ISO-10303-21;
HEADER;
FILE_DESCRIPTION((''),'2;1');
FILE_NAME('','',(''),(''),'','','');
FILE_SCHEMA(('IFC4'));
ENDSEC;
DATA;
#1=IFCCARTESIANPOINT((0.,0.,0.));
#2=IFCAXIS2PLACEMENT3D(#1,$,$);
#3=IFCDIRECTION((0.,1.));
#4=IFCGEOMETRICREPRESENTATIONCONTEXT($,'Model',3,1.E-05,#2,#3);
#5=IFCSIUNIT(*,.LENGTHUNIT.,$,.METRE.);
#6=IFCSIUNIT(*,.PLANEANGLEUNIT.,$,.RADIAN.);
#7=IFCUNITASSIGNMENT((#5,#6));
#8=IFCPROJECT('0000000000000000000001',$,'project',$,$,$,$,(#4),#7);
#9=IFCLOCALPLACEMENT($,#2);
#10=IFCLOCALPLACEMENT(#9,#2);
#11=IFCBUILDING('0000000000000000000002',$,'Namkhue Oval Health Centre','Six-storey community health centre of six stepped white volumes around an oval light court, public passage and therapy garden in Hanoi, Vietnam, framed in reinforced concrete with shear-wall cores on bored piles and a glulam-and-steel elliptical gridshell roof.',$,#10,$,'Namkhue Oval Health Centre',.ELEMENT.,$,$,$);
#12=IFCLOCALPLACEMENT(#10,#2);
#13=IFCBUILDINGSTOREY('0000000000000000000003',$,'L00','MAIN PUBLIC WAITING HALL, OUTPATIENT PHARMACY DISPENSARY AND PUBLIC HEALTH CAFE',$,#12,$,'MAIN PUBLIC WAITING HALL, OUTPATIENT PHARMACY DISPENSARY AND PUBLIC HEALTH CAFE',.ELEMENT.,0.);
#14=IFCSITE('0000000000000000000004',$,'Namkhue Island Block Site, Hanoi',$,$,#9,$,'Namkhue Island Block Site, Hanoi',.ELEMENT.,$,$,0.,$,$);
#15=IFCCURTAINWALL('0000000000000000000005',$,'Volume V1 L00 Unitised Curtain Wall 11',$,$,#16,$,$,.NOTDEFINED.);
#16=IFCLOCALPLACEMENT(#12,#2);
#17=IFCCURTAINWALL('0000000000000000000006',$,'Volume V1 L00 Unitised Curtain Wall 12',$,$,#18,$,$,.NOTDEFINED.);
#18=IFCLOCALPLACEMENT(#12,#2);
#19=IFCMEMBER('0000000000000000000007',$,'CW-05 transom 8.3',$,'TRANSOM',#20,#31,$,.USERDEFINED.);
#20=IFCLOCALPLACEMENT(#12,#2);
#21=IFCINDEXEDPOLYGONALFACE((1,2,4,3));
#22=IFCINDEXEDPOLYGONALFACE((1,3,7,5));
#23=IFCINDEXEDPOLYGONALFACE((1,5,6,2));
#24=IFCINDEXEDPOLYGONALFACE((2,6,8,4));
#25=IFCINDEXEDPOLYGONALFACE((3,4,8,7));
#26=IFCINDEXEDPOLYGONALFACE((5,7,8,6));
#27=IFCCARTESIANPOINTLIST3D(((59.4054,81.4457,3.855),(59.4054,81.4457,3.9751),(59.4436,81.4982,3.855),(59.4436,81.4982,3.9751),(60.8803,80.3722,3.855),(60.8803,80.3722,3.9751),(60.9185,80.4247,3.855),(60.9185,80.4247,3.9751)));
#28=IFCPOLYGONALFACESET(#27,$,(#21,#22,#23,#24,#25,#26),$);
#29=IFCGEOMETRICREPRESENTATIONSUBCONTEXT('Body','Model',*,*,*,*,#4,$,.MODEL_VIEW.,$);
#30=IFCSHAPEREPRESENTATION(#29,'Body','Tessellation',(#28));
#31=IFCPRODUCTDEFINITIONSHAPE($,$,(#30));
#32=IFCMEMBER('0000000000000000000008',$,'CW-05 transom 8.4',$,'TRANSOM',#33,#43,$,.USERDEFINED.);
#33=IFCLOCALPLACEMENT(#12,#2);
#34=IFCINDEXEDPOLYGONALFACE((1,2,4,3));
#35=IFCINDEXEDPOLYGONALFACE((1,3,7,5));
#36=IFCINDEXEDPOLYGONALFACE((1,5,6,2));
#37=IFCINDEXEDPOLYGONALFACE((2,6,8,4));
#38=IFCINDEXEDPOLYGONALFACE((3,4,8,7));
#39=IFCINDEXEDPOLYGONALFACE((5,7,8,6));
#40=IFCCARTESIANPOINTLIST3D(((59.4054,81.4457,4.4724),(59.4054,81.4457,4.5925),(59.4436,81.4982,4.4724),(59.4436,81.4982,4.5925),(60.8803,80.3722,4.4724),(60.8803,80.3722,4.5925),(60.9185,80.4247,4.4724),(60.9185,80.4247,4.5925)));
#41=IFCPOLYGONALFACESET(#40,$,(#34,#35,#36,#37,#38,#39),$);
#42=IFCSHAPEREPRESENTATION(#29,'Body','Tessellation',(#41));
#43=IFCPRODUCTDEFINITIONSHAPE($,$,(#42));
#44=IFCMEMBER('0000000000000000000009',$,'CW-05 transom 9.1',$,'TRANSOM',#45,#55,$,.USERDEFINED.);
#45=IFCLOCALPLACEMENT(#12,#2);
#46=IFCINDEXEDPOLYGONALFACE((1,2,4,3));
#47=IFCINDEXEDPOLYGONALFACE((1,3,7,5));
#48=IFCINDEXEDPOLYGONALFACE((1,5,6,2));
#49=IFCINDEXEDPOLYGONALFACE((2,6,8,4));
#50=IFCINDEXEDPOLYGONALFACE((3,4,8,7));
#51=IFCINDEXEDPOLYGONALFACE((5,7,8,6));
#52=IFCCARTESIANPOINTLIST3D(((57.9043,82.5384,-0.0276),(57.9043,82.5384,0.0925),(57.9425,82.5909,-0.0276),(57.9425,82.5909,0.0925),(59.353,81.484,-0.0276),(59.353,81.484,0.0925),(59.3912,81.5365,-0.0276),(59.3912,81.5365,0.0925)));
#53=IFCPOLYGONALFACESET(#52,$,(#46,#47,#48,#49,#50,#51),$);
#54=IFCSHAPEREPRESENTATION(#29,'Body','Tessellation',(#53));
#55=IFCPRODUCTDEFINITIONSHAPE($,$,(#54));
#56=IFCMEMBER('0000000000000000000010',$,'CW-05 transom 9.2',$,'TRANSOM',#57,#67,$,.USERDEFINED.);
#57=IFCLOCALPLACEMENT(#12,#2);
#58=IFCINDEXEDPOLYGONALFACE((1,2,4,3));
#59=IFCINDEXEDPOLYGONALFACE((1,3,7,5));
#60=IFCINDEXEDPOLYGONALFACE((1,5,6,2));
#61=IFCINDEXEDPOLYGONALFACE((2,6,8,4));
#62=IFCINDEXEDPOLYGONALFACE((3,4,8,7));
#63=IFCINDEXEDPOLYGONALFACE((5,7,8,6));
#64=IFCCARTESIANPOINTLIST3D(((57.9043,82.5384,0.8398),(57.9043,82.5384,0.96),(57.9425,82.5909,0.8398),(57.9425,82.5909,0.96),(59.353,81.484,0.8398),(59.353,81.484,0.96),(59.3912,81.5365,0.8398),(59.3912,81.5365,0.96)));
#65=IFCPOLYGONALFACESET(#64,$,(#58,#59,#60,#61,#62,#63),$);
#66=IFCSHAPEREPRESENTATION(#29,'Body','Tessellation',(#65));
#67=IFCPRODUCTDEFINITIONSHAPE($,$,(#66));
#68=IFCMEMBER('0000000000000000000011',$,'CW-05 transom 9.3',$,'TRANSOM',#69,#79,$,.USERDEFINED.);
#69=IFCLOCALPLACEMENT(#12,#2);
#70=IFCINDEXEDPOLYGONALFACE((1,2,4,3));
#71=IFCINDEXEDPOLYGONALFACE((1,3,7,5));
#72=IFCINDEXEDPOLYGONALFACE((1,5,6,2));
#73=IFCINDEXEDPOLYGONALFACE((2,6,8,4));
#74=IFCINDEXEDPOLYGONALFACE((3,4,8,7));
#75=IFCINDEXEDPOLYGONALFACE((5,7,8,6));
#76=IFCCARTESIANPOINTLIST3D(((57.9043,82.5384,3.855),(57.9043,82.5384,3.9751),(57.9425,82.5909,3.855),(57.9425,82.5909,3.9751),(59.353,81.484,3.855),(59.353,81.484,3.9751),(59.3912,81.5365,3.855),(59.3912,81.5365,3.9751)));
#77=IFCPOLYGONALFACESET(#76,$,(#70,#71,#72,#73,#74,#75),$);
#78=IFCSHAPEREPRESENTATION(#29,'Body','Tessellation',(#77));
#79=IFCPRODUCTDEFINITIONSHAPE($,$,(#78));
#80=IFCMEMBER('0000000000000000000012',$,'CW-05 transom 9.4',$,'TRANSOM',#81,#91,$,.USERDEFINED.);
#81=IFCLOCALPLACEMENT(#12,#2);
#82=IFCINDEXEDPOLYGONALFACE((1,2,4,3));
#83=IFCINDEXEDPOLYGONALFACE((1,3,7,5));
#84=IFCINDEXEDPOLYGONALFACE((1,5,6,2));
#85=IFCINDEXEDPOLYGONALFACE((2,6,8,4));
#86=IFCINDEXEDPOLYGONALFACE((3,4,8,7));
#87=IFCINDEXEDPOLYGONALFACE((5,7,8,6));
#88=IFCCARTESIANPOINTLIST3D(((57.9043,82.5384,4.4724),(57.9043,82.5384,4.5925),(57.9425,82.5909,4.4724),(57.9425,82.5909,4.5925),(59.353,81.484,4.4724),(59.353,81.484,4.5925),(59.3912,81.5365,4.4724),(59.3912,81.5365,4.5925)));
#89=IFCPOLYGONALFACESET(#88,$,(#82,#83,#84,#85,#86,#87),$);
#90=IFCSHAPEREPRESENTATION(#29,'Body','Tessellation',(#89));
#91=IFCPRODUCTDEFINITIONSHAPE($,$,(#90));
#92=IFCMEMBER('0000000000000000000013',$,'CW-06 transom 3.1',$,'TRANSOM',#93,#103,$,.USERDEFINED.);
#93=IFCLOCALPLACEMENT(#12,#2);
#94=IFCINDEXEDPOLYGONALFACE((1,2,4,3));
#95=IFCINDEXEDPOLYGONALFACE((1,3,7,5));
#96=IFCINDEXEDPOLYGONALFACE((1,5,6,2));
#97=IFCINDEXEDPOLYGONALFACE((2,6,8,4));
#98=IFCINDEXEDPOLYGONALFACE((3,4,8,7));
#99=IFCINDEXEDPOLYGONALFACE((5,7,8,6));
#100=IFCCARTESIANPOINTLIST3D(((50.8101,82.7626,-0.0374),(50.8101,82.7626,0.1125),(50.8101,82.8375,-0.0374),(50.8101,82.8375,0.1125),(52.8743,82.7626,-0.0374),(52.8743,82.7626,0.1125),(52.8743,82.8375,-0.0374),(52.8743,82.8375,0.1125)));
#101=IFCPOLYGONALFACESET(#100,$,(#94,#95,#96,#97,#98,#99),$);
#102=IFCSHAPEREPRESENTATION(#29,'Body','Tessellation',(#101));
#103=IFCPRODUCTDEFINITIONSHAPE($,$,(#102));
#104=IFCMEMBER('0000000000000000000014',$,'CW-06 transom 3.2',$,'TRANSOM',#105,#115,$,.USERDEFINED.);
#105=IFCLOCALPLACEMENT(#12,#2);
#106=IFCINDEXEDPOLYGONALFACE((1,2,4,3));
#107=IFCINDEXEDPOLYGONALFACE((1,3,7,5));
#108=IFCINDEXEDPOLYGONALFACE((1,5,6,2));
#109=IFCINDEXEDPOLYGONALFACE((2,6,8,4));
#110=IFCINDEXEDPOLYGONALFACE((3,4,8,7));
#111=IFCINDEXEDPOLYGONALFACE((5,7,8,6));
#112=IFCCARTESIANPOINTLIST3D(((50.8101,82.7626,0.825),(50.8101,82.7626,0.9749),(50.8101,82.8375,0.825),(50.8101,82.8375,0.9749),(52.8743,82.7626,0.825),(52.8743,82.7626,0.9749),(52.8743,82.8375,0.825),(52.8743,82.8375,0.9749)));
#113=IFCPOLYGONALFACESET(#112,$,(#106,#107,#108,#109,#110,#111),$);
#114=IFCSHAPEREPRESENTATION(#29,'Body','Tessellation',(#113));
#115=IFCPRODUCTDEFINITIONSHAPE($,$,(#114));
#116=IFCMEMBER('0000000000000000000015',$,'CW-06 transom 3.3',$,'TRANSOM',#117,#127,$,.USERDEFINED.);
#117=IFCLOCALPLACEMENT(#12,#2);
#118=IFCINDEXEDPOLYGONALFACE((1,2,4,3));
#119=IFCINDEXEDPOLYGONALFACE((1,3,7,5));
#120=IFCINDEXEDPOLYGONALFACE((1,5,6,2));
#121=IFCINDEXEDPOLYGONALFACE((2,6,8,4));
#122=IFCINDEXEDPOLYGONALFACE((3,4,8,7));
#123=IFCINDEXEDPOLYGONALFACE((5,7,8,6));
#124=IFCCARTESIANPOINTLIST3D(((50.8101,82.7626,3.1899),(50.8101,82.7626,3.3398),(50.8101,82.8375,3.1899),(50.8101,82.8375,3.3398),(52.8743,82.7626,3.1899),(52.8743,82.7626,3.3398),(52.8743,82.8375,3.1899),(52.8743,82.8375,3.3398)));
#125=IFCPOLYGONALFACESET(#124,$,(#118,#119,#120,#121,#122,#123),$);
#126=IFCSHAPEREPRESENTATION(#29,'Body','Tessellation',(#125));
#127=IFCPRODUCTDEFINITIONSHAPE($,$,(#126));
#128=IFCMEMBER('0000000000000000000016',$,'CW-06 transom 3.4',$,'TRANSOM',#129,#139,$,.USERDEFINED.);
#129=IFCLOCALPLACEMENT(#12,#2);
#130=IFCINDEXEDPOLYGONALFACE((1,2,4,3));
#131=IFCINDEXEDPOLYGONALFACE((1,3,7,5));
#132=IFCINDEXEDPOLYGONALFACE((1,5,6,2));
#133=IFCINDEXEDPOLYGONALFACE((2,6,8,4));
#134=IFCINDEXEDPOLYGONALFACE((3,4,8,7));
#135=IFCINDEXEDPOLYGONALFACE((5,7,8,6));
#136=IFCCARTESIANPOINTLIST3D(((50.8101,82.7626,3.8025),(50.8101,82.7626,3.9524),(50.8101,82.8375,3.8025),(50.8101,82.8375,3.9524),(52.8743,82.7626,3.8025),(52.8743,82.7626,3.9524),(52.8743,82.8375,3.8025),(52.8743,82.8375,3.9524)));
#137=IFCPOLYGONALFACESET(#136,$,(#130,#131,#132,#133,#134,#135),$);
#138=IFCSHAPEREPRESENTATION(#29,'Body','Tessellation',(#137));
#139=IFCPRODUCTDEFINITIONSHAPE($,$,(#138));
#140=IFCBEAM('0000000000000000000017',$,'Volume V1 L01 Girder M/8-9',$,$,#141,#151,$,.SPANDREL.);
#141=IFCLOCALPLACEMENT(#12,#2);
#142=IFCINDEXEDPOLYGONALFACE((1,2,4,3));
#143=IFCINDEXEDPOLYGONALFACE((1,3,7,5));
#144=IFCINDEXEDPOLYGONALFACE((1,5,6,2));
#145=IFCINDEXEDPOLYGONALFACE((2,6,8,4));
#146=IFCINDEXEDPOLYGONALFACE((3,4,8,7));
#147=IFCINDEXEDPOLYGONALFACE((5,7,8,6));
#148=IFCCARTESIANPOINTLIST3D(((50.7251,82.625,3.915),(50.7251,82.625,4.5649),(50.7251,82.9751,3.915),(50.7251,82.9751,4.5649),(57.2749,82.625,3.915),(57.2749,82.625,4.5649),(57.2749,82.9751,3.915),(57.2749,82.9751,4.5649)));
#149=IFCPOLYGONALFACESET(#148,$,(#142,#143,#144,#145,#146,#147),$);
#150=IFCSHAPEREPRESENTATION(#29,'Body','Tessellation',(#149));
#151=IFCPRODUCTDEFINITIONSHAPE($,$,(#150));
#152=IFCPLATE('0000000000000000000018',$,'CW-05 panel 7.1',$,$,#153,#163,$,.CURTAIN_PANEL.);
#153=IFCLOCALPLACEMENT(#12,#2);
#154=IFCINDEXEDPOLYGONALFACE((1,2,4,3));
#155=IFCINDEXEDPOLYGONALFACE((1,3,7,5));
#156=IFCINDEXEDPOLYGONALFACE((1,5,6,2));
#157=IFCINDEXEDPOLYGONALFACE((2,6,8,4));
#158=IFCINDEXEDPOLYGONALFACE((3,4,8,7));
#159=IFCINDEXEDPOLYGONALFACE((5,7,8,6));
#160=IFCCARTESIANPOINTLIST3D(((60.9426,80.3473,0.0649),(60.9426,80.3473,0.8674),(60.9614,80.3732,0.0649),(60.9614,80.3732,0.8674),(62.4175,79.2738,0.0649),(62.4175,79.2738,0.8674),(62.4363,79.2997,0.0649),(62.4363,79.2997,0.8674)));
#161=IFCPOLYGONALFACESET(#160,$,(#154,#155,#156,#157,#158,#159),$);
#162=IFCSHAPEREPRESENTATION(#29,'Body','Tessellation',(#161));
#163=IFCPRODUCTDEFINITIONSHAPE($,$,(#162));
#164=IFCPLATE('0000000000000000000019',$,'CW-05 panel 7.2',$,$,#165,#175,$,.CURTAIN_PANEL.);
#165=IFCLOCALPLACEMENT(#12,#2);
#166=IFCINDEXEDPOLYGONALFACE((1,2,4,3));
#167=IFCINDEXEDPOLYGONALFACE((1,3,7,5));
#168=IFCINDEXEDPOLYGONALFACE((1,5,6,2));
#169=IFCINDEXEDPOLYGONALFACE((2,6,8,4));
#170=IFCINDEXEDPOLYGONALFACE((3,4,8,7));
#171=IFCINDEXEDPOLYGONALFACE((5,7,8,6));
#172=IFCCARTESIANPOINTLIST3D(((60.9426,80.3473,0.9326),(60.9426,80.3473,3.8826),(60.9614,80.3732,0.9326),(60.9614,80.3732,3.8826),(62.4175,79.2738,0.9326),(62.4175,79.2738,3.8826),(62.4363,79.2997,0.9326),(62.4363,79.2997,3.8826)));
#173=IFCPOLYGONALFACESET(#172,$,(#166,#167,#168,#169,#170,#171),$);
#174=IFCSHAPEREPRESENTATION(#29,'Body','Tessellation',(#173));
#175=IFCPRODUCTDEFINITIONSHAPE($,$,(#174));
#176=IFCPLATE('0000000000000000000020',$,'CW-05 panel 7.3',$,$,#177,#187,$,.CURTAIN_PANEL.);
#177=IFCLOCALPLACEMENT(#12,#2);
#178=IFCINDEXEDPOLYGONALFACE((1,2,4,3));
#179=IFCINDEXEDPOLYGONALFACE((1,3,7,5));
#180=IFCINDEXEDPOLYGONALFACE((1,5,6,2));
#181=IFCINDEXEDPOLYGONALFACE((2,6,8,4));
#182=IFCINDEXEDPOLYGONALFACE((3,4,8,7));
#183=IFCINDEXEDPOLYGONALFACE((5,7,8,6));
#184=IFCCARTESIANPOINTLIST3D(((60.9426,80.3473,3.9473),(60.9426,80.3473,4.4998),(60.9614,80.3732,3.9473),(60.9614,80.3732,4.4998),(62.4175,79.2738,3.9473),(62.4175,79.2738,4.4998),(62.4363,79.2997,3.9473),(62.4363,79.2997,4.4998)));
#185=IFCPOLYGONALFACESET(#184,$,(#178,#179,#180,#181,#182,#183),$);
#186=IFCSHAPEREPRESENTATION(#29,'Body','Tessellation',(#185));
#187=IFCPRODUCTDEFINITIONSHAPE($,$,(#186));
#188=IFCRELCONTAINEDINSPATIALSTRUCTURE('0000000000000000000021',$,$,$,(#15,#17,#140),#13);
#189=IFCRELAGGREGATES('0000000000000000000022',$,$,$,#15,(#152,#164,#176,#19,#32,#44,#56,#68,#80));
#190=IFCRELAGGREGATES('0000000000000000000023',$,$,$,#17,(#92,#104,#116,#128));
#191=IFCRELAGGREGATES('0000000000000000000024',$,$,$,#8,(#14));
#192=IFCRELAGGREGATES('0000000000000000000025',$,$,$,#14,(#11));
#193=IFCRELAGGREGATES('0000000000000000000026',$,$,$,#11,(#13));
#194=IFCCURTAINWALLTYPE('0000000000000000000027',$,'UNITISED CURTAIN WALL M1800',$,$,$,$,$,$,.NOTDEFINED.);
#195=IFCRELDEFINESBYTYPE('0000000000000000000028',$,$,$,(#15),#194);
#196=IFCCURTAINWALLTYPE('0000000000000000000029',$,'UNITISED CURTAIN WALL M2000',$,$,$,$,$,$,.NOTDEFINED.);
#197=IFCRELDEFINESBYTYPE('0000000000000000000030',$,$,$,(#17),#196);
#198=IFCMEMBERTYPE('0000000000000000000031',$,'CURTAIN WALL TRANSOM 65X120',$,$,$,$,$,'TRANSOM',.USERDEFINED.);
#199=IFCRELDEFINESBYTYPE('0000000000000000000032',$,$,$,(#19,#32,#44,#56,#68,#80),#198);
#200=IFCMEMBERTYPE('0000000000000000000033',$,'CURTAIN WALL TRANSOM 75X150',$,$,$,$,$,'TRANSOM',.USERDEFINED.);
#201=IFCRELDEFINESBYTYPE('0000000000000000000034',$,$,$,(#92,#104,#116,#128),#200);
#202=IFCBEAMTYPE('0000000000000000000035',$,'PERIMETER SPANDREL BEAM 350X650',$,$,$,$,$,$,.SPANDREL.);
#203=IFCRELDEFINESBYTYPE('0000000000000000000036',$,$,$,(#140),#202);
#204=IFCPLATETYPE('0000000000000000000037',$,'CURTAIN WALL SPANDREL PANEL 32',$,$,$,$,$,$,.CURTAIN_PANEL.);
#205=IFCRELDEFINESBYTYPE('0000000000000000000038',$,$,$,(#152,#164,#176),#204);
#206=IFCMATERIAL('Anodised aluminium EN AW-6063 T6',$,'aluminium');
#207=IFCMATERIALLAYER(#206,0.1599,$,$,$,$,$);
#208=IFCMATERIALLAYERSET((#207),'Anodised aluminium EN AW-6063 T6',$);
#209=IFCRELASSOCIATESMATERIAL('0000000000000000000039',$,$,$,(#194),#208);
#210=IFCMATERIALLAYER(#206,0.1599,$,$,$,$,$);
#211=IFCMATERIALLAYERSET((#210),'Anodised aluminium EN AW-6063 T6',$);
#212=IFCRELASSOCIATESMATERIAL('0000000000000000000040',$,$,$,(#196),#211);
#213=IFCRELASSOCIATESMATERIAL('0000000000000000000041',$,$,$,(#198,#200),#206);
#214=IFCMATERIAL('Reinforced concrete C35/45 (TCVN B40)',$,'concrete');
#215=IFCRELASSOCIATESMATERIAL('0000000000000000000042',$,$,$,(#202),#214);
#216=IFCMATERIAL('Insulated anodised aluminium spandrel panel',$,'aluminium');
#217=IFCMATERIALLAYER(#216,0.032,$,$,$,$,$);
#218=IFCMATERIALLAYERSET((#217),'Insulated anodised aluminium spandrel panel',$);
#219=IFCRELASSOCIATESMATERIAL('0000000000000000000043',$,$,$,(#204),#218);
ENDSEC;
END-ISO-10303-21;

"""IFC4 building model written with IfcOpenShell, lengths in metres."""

from ifc_helpers import new_model, si_unit, direction, frame, origin, origin_2d, place, context, subcontext, project, spatial, rectangle, extrude, material, layer, layer_set, material_profile, profile_set, type_object, element, aggregate, save


model = new_model("IFC4")

# Units and contexts
model_context = context("Model", 3, precision=1e-05, world=origin(), true_north=direction((0.0, 1.0)))
body_context = subcontext(model_context, "Body", "Model", "MODEL_VIEW")
ifc_project = project(units=[si_unit("LENGTHUNIT", "METRE"), si_unit("PLANEANGLEUNIT", "RADIAN")], contexts=[model_context])

# Site, building, storey
site_placement = place(None, origin())
site = spatial("IfcSite", under=ifc_project, at=site_placement, Name="Namkhue Island Block Site, Hanoi", LongName="Namkhue Island Block Site, Hanoi", CompositionType="ELEMENT", RefElevation=0.0)
building_placement = place(site_placement, origin())
building = spatial("IfcBuilding", under=site, at=building_placement, Name="Namkhue Oval Health Centre", Description="Six-storey community health centre of six stepped white volumes around an oval light court, public passage and therapy garden in Hanoi, Vietnam, framed in reinforced concrete with shear-wall cores on bored piles and a glulam-and-steel elliptical gridshell roof.", LongName="Namkhue Oval Health Centre", CompositionType="ELEMENT")
storey_placement = place(building_placement, origin())
storey = spatial("IfcBuildingStorey", under=building, at=storey_placement, Name="L00", Description="MAIN PUBLIC WAITING HALL, OUTPATIENT PHARMACY DISPENSARY AND PUBLIC HEALTH CAFE", LongName="MAIN PUBLIC WAITING HALL, OUTPATIENT PHARMACY DISPENSARY AND PUBLIC HEALTH CAFE", CompositionType="ELEMENT", Elevation=0.0)

# Shared definitions
ifc_material_1 = material(Name="Reinforced concrete C35/45 (TCVN B40)", Category="concrete")

# Curtain wall
ifc_material_2 = material(Name="Anodised aluminium EN AW-6063 T6", Category="aluminium")
ifc_layer_1 = layer(ifc_material_2, 0.1599)
ifc_layer_set_1 = layer_set([ifc_layer_1], Name="Anodised aluminium EN AW-6063 T6")
curtain_wall_type_1 = type_object("IfcCurtainWallType", Name="UNITISED CURTAIN WALL M1800", PredefinedType="NOTDEFINED", material=ifc_layer_set_1)
curtain_wall_1_placement = place(storey_placement, origin())
curtain_wall_1 = element("IfcCurtainWall", 1, at=curtain_wall_1_placement, inside=storey, type_object=curtain_wall_type_1, Name="Volume V1 L00 Unitised Curtain Wall 11", PredefinedType="NOTDEFINED")

# Curtain wall
ifc_layer_2 = layer(ifc_material_2, 0.1599)
ifc_layer_set_2 = layer_set([ifc_layer_2], Name="Anodised aluminium EN AW-6063 T6")
curtain_wall_type_2 = type_object("IfcCurtainWallType", Name="UNITISED CURTAIN WALL M2000", PredefinedType="NOTDEFINED", material=ifc_layer_set_2)
curtain_wall_2_placement = place(storey_placement, origin())
curtain_wall_2 = element("IfcCurtainWall", 2, at=curtain_wall_2_placement, inside=storey, type_object=curtain_wall_type_2, Name="Volume V1 L00 Unitised Curtain Wall 12", PredefinedType="NOTDEFINED")

# Members
ifc_material_profile_1 = material_profile(ifc_material_2, rectangle(XDim=0.0649, YDim=0.1201, at=origin_2d()), Name="ALU 65x120")
ifc_profile_set_1 = profile_set([ifc_material_profile_1], Name="Anodised aluminium EN AW-6063 T6")
member_type_1 = type_object("IfcMemberType", Name="CURTAIN WALL TRANSOM 65X120", ElementType="TRANSOM", PredefinedType="USERDEFINED", material=ifc_profile_set_1)
member_1_placement = place(storey_placement, frame((60.8994, 80.3984, 3.915), z_axis=(-0.80851, 0.588482, 0.0), x_axis=(-0.588482, -0.80851, 0.0)))
member_1 = element("IfcMember", 3, at=member_1_placement, type_object=member_type_1, Name="CW-05 transom 8.3", ObjectType="TRANSOM", PredefinedType="USERDEFINED", context=body_context, shape_type="SweptSolid", body=[
    extrude(rectangle(XDim=0.0649, YDim=0.1201, at=origin_2d()), origin(), (0.0, 0.0, 1.0), 1.8242),
])
member_2_placement = place(storey_placement, frame((60.8994, 80.3984, 4.5325), z_axis=(-0.80851, 0.588482, 0.0), x_axis=(-0.588482, -0.80851, 0.0)))
member_2 = element("IfcMember", 4, at=member_2_placement, type_object=member_type_1, Name="CW-05 transom 8.4", ObjectType="TRANSOM", PredefinedType="USERDEFINED", context=body_context, shape_type="SweptSolid", body=[
    extrude(rectangle(XDim=0.0649, YDim=0.1201, at=origin_2d()), origin(), (0.0, 0.0, 1.0), 1.8242),
])
member_3_placement = place(storey_placement, frame((59.3721, 81.5103, 0.0325), z_axis=(-0.808518, 0.588471, 0.0), x_axis=(-0.588471, -0.808518, 0.0)))
member_3 = element("IfcMember", 5, at=member_3_placement, type_object=member_type_1, Name="CW-05 transom 9.1", ObjectType="TRANSOM", PredefinedType="USERDEFINED", context=body_context, shape_type="SweptSolid", body=[
    extrude(rectangle(XDim=0.0649, YDim=0.1201, at=origin_2d()), origin(), (0.0, 0.0, 1.0), 1.7917),
])
member_4_placement = place(storey_placement, frame((59.3721, 81.5103, 0.8999), z_axis=(-0.808518, 0.588471, 0.0), x_axis=(-0.588471, -0.808518, 0.0)))
member_4 = element("IfcMember", 6, at=member_4_placement, type_object=member_type_1, Name="CW-05 transom 9.2", ObjectType="TRANSOM", PredefinedType="USERDEFINED", context=body_context, shape_type="SweptSolid", body=[
    extrude(rectangle(XDim=0.0649, YDim=0.1201, at=origin_2d()), origin(), (0.0, 0.0, 1.0), 1.7917),
])
member_5_placement = place(storey_placement, frame((59.3721, 81.5103, 3.915), z_axis=(-0.808518, 0.588471, 0.0), x_axis=(-0.588471, -0.808518, 0.0)))
member_5 = element("IfcMember", 7, at=member_5_placement, type_object=member_type_1, Name="CW-05 transom 9.3", ObjectType="TRANSOM", PredefinedType="USERDEFINED", context=body_context, shape_type="SweptSolid", body=[
    extrude(rectangle(XDim=0.0649, YDim=0.1201, at=origin_2d()), origin(), (0.0, 0.0, 1.0), 1.7917),
])
member_6_placement = place(storey_placement, frame((59.3721, 81.5103, 4.5325), z_axis=(-0.808518, 0.588471, 0.0), x_axis=(-0.588471, -0.808518, 0.0)))
member_6 = element("IfcMember", 8, at=member_6_placement, type_object=member_type_1, Name="CW-05 transom 9.4", ObjectType="TRANSOM", PredefinedType="USERDEFINED", context=body_context, shape_type="SweptSolid", body=[
    extrude(rectangle(XDim=0.0649, YDim=0.1201, at=origin_2d()), origin(), (0.0, 0.0, 1.0), 1.7917),
])
ifc_material_profile_2 = material_profile(ifc_material_2, rectangle(XDim=0.075, YDim=0.1499, at=origin_2d()), Name="ALU 75x150")
ifc_profile_set_2 = profile_set([ifc_material_profile_2], Name="Anodised aluminium EN AW-6063 T6")
member_type_2 = type_object("IfcMemberType", Name="CURTAIN WALL TRANSOM 75X150", ElementType="TRANSOM", PredefinedType="USERDEFINED", material=ifc_profile_set_2)
member_7_placement = place(storey_placement, frame((52.8743, 82.8, 0.0376), z_axis=(-1.0, 0.0, 0.0), x_axis=(0.0, -1.0, 0.0)))
member_7 = element("IfcMember", 9, at=member_7_placement, type_object=member_type_2, Name="CW-06 transom 3.1", ObjectType="TRANSOM", PredefinedType="USERDEFINED", context=body_context, shape_type="SweptSolid", body=[
    extrude(rectangle(XDim=0.075, YDim=0.1499, at=origin_2d()), origin(), (0.0, 0.0, 1.0), 2.0642),
])
member_8_placement = place(storey_placement, frame((52.8743, 82.8, 0.8999), z_axis=(-1.0, 0.0, 0.0), x_axis=(0.0, -1.0, 0.0)))
member_8 = element("IfcMember", 10, at=member_8_placement, type_object=member_type_2, Name="CW-06 transom 3.2", ObjectType="TRANSOM", PredefinedType="USERDEFINED", context=body_context, shape_type="SweptSolid", body=[
    extrude(rectangle(XDim=0.075, YDim=0.1499, at=origin_2d()), origin(), (0.0, 0.0, 1.0), 2.0642),
])
member_9_placement = place(storey_placement, frame((52.8743, 82.8, 3.2649), z_axis=(-1.0, 0.0, 0.0), x_axis=(0.0, -1.0, 0.0)))
member_9 = element("IfcMember", 11, at=member_9_placement, type_object=member_type_2, Name="CW-06 transom 3.3", ObjectType="TRANSOM", PredefinedType="USERDEFINED", context=body_context, shape_type="SweptSolid", body=[
    extrude(rectangle(XDim=0.075, YDim=0.1499, at=origin_2d()), origin(), (0.0, 0.0, 1.0), 2.0642),
])
member_10_placement = place(storey_placement, frame((52.8743, 82.8, 3.8774), z_axis=(-1.0, 0.0, 0.0), x_axis=(0.0, -1.0, 0.0)))
member_10 = element("IfcMember", 12, at=member_10_placement, type_object=member_type_2, Name="CW-06 transom 3.4", ObjectType="TRANSOM", PredefinedType="USERDEFINED", context=body_context, shape_type="SweptSolid", body=[
    extrude(rectangle(XDim=0.075, YDim=0.1499, at=origin_2d()), origin(), (0.0, 0.0, 1.0), 2.0642),
])

# Beam
ifc_material_profile_3 = material_profile(ifc_material_1, rectangle(XDim=0.3501, YDim=0.6499, at=origin_2d()), Name="RC 350x650")
ifc_profile_set_3 = profile_set([ifc_material_profile_3], Name="Reinforced concrete C35/45 (TCVN B40)")
beam_type = type_object("IfcBeamType", Name="PERIMETER SPANDREL BEAM 350X650", PredefinedType="SPANDREL", material=ifc_profile_set_3)
beam_placement = place(storey_placement, frame((50.7251, 82.8, 4.24), z_axis=(1.0, 0.0, 0.0), x_axis=(0.0, 1.0, 0.0)))
element("IfcBeam", 13, at=beam_placement, inside=storey, type_object=beam_type, Name="Volume V1 L01 Girder M/8-9", PredefinedType="SPANDREL", context=body_context, shape_type="SweptSolid", body=[
    extrude(rectangle(XDim=0.3501, YDim=0.6499, at=origin_2d()), origin(), (0.0, 0.0, 1.0), 6.5498),
])

# Plates
ifc_material_3 = material(Name="Insulated anodised aluminium spandrel panel", Category="aluminium")
ifc_layer_3 = layer(ifc_material_3, 0.032)
ifc_layer_set_3 = layer_set([ifc_layer_3], Name="Insulated anodised aluminium spandrel panel")
plate_type_1 = type_object("IfcPlateType", Name="CURTAIN WALL SPANDREL PANEL 32", PredefinedType="CURTAIN_PANEL", material=ifc_layer_set_3)
plate_1_placement = place(storey_placement, frame((61.6895, 79.8235, 0.0649), z_axis=(0.0, 0.0, 1.0), x_axis=(-0.808514, 0.588477, 0.0)))
plate_1 = element("IfcPlate", 14, at=plate_1_placement, type_object=plate_type_1, Name="CW-05 panel 7.1", PredefinedType="CURTAIN_PANEL", context=body_context, shape_type="SweptSolid", body=[
    extrude(rectangle(XDim=1.8242, YDim=0.032, at=origin_2d()), origin(), (0.0, 0.0, 1.0), 0.8025),
])
plate_2_placement = place(storey_placement, frame((61.6895, 79.8235, 0.9326), z_axis=(0.0, 0.0, 1.0), x_axis=(-0.808514, 0.588477, 0.0)))
plate_2 = element("IfcPlate", 15, at=plate_2_placement, type_object=plate_type_1, Name="CW-05 panel 7.2", PredefinedType="CURTAIN_PANEL", context=body_context, shape_type="SweptSolid", body=[
    extrude(rectangle(XDim=1.8242, YDim=0.032, at=origin_2d()), origin(), (0.0, 0.0, 1.0), 2.95),
])
plate_3_placement = place(storey_placement, frame((61.6895, 79.8235, 3.9473), z_axis=(0.0, 0.0, 1.0), x_axis=(-0.808514, 0.588477, 0.0)))
plate_3 = element("IfcPlate", 16, at=plate_3_placement, type_object=plate_type_1, Name="CW-05 panel 7.3", PredefinedType="CURTAIN_PANEL", context=body_context, shape_type="SweptSolid", body=[
    extrude(rectangle(XDim=1.8242, YDim=0.032, at=origin_2d()), origin(), (0.0, 0.0, 1.0), 0.5525),
])
aggregate(curtain_wall_1, [plate_1, plate_2, plate_3, member_1, member_2, member_3, member_4, member_5, member_6])
aggregate(curtain_wall_2, [member_7, member_8, member_9, member_10])

save(model, "model.ifc")
